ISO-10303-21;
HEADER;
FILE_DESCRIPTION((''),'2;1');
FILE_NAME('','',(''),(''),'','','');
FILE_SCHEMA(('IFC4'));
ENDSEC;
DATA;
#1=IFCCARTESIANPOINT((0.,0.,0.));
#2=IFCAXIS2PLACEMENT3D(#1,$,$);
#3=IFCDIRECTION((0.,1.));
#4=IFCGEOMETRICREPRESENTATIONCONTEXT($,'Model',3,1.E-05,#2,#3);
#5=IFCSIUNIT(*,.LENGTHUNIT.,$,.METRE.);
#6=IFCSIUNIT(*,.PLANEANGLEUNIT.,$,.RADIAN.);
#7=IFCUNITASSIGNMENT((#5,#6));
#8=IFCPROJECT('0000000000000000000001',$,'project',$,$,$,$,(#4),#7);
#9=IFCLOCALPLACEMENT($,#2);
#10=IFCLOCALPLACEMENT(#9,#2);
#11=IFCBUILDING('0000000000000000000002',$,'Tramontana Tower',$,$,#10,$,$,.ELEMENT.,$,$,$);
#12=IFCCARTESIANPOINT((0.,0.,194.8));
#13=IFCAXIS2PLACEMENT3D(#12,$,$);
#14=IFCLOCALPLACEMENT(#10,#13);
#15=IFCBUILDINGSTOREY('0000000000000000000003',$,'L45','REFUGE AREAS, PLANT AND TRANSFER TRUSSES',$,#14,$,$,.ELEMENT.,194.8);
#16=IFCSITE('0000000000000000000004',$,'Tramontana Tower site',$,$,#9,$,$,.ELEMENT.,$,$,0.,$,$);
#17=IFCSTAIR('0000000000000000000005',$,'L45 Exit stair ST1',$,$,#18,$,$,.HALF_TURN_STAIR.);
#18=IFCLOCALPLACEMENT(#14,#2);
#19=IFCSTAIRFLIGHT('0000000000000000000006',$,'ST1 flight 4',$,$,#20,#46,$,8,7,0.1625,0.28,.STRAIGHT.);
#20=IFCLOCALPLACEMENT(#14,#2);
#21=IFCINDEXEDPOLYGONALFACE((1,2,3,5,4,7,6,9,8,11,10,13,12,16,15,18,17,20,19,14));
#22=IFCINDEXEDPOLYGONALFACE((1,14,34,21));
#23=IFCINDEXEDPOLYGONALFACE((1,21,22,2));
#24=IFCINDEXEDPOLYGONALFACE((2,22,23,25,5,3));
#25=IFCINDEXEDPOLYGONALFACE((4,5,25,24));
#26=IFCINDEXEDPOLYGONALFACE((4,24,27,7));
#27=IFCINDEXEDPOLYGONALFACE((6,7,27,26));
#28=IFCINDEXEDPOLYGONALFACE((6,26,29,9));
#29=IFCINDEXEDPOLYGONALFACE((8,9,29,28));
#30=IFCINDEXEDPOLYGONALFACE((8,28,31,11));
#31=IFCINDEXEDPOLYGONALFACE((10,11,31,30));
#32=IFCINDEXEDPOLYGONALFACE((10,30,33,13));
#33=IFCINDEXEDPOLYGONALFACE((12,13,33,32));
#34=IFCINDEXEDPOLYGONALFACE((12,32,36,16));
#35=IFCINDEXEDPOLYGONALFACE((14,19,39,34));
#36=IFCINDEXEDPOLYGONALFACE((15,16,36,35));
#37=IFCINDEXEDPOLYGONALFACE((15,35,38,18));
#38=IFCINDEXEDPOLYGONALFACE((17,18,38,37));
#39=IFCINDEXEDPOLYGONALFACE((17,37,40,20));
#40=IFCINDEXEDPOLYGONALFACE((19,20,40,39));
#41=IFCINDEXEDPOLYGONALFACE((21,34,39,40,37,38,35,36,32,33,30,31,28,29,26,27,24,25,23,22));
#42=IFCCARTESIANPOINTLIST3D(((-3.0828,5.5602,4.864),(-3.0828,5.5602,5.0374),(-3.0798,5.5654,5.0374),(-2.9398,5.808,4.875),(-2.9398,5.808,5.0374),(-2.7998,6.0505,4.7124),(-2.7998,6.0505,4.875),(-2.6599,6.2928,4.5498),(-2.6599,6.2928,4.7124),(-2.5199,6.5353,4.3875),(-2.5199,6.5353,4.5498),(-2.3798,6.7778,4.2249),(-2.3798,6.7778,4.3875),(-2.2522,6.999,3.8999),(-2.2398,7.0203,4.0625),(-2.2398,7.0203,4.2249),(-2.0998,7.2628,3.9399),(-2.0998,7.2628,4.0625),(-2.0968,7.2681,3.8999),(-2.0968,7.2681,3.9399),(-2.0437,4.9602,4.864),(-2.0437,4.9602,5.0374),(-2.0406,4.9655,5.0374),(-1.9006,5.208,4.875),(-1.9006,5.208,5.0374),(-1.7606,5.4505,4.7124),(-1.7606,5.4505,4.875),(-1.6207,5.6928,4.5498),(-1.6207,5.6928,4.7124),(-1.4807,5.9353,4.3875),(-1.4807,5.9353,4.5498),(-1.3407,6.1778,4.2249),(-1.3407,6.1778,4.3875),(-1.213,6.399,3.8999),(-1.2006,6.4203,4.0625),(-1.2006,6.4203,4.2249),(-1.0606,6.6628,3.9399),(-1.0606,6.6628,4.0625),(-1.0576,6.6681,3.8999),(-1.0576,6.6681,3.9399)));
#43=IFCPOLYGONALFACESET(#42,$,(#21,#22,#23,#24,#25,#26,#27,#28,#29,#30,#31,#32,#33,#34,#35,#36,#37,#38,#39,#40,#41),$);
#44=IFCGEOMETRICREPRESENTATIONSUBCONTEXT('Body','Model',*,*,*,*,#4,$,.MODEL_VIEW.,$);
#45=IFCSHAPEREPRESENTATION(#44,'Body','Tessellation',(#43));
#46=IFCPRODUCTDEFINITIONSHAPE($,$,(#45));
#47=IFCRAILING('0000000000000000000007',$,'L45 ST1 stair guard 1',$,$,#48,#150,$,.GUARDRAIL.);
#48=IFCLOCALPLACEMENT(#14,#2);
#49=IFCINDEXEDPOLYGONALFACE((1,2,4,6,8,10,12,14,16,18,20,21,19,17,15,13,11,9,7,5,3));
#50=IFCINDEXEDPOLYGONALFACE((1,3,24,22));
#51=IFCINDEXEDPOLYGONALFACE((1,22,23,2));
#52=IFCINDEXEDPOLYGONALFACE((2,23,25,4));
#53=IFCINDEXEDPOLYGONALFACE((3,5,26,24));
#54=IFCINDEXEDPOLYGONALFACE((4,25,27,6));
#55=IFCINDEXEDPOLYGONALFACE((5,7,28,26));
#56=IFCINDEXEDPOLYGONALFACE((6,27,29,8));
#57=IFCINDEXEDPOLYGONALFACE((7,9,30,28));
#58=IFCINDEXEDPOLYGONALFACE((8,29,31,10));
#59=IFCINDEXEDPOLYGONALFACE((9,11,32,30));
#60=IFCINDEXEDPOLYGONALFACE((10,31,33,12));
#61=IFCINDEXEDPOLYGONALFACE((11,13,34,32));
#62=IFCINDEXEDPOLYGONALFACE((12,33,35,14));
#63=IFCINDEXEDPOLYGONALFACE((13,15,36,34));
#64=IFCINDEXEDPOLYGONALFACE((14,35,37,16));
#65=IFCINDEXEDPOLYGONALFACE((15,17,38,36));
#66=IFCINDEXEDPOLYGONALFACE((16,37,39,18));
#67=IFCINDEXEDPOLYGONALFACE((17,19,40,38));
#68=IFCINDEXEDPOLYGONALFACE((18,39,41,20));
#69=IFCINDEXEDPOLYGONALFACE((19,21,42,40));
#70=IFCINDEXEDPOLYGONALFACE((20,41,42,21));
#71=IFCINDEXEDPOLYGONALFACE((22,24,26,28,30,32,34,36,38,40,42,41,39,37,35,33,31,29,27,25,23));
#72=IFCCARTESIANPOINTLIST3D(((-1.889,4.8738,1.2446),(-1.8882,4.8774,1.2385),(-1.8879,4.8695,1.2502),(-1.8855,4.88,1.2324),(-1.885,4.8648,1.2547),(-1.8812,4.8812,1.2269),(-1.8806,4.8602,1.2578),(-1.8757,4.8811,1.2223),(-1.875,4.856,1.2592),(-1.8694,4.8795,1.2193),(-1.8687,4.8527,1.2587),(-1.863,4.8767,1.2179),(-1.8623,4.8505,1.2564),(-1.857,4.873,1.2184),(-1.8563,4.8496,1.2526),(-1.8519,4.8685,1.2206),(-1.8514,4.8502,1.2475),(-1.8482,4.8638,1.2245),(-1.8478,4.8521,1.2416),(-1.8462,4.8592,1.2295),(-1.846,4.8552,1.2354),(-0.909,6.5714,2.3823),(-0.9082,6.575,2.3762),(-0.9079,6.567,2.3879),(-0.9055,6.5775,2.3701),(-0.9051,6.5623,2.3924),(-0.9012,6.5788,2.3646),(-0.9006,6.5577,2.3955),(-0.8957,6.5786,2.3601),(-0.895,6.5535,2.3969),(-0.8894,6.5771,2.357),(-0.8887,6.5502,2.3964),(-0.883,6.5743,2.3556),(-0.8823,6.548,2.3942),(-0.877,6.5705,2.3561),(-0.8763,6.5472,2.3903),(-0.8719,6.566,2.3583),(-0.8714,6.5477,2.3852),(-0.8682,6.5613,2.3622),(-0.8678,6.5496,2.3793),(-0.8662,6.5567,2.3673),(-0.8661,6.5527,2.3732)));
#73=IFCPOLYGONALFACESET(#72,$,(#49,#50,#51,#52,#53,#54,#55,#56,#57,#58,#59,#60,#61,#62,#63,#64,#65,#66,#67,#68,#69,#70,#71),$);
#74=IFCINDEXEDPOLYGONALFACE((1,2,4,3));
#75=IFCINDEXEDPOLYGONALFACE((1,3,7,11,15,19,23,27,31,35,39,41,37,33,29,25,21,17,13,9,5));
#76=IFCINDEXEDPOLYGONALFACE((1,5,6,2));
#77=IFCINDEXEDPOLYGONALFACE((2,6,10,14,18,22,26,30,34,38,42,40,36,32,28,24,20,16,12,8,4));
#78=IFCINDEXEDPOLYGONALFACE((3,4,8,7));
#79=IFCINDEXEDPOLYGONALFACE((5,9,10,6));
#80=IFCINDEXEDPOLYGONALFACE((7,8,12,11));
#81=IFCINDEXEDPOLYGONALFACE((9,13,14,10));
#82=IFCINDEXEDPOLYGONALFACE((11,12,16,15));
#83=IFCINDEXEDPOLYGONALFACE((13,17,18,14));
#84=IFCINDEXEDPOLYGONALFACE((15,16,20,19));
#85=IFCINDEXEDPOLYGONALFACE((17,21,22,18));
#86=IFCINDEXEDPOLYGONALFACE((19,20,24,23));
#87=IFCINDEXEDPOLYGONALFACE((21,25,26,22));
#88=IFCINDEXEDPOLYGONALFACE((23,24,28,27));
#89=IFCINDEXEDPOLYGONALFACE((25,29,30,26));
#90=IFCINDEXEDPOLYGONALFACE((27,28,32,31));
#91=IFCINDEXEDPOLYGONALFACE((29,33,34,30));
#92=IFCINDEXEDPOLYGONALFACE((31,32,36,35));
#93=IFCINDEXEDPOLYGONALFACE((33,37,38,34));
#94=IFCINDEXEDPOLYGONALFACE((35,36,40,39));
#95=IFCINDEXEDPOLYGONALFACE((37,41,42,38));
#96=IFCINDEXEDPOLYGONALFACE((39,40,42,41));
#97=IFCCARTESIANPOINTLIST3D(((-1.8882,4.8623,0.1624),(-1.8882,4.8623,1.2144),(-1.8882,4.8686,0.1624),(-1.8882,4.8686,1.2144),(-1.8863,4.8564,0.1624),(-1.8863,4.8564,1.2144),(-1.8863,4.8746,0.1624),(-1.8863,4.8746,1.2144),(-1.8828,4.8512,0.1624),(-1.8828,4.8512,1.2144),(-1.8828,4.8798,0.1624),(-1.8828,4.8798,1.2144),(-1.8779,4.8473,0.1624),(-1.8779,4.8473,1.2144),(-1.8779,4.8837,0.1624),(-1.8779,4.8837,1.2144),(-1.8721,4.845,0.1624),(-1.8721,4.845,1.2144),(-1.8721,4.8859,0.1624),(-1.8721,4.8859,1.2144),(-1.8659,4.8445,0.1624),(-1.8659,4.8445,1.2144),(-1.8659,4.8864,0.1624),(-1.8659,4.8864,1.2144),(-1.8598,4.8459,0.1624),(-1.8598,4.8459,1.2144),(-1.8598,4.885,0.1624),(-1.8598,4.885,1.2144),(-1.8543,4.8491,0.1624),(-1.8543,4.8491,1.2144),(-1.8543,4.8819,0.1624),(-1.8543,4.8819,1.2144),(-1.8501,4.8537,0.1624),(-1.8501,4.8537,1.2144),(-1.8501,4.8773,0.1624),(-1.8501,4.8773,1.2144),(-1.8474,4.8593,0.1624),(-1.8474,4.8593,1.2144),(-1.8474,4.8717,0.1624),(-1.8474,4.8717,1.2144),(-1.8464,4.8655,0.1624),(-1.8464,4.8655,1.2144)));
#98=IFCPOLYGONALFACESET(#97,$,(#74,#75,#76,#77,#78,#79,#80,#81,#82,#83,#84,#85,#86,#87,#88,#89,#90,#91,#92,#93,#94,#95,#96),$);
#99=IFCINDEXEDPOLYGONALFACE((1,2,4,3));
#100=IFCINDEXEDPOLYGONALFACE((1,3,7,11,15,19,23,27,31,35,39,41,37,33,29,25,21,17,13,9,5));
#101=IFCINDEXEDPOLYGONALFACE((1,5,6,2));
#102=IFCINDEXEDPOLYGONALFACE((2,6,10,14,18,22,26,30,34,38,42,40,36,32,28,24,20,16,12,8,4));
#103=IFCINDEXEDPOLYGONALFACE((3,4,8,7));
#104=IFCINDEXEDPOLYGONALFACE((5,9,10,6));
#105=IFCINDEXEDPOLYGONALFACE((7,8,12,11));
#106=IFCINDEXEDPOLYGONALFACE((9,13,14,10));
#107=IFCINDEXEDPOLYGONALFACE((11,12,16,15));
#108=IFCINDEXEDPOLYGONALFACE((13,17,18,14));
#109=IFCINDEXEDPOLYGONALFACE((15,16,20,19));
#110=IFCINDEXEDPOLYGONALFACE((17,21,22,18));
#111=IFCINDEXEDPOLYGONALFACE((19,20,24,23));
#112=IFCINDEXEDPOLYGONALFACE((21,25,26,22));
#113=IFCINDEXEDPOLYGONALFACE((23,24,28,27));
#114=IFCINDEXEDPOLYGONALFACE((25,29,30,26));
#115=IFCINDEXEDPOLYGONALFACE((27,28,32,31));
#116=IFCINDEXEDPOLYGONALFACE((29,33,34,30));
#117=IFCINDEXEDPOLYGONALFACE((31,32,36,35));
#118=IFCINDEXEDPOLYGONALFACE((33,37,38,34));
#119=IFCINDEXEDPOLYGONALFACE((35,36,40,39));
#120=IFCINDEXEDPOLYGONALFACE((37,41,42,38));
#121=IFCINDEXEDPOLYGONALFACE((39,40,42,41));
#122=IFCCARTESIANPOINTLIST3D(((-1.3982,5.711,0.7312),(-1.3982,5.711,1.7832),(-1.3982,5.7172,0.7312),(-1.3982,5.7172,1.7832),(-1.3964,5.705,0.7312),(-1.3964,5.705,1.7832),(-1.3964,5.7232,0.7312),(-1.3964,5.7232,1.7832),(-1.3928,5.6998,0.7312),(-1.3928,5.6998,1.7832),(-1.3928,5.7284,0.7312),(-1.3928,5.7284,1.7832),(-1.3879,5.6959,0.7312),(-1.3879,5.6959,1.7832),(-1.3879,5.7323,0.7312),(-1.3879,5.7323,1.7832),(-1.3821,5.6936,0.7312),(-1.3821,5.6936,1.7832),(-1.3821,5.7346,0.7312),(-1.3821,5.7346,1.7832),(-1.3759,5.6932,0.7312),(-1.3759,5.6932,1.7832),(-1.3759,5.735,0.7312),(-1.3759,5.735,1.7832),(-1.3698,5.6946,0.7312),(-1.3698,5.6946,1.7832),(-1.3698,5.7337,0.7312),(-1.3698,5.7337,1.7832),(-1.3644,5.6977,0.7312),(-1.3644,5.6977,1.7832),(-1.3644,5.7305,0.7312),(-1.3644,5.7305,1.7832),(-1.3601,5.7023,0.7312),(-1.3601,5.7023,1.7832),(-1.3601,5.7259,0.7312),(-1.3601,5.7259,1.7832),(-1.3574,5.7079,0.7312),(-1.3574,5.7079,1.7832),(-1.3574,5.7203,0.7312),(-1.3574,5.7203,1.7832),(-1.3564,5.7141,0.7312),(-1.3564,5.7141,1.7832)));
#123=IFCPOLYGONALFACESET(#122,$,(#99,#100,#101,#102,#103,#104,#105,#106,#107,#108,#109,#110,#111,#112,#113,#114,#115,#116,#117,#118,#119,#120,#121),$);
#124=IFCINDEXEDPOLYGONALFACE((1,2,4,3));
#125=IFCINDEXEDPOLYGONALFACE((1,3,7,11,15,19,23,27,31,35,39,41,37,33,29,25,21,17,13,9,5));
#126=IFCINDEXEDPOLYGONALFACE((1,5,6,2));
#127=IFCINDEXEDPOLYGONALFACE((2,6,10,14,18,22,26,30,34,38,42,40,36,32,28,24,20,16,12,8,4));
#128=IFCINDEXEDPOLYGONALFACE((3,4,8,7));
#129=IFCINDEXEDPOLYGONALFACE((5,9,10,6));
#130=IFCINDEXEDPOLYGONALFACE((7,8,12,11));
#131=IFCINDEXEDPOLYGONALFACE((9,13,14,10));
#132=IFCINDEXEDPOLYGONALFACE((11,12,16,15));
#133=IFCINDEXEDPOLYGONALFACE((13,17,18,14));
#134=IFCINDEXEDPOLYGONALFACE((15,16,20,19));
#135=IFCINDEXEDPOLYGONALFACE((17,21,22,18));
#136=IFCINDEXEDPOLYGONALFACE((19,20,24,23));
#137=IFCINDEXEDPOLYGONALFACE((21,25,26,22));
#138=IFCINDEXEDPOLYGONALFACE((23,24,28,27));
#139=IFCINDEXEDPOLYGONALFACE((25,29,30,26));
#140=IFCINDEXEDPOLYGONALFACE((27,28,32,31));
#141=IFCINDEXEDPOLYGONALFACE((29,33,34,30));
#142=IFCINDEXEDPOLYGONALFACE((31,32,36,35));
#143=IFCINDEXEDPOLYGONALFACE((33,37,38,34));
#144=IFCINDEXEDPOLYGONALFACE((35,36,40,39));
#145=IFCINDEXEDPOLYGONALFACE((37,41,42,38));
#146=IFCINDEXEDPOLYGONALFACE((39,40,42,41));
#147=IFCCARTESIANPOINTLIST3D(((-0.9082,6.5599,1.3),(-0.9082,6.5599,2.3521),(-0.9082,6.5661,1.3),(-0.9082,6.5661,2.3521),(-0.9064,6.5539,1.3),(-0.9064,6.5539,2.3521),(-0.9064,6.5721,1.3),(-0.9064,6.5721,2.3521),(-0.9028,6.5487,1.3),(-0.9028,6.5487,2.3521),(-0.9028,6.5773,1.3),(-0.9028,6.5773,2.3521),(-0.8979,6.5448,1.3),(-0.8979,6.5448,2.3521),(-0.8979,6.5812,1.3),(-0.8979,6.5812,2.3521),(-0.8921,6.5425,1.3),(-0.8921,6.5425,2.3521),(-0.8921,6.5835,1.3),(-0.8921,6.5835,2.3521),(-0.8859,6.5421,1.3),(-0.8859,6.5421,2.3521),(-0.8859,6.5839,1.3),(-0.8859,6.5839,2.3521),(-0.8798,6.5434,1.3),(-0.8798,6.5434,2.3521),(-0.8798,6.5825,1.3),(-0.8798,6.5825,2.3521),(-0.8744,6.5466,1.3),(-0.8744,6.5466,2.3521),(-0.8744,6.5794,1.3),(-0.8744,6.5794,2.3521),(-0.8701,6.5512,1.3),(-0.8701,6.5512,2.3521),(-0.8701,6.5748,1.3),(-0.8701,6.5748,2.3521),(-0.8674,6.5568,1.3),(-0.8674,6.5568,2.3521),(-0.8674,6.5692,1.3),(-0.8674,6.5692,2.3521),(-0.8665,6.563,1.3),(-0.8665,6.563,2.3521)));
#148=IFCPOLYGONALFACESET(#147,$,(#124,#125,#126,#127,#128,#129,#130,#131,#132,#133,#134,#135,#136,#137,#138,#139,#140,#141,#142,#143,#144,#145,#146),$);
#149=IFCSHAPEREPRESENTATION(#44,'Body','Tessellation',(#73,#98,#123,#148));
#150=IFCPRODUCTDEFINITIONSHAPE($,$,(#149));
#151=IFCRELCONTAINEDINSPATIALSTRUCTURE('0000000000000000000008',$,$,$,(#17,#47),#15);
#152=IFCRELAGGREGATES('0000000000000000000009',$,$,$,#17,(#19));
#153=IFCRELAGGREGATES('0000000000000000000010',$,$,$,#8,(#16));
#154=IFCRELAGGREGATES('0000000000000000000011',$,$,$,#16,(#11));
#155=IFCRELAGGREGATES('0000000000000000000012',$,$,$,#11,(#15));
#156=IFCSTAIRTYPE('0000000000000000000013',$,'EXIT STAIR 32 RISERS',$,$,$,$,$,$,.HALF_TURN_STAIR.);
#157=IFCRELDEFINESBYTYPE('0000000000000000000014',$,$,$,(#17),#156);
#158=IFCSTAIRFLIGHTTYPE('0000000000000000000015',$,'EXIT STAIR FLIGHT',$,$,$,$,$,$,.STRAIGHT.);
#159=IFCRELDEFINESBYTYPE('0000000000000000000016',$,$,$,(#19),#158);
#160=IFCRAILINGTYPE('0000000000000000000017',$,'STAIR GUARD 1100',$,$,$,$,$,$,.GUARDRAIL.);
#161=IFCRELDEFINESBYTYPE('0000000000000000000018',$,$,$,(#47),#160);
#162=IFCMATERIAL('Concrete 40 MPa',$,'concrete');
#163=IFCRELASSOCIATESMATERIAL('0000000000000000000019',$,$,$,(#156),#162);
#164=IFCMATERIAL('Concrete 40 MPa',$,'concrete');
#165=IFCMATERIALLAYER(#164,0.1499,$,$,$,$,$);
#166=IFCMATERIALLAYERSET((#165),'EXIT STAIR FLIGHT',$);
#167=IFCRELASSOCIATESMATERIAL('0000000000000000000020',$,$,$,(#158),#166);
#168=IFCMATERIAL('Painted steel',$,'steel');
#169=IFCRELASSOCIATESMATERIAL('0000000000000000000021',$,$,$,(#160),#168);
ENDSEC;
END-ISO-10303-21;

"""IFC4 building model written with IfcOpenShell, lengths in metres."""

from ifc_helpers import new_model, si_unit, direction, frame, origin, origin_2d, place, context, subcontext, project, spatial, polyline, circle, outline, extrude, material, layer, layer_set, type_object, element, aggregate, save


model = new_model("IFC4")

# Units and contexts
model_context = context("Model", 3, precision=1e-05, world=origin(), true_north=direction((0.0, 1.0)))
body_context = subcontext(model_context, "Body", "Model", "MODEL_VIEW")
ifc_project = project(units=[si_unit("LENGTHUNIT", "METRE"), si_unit("PLANEANGLEUNIT", "RADIAN")], contexts=[model_context])

# Site, building, storey
site_placement = place(None, origin())
site = spatial("IfcSite", under=ifc_project, at=site_placement, Name="Tramontana Tower site", CompositionType="ELEMENT", RefElevation=0.0)
building_placement = place(site_placement, origin())
building = spatial("IfcBuilding", under=site, at=building_placement, Name="Tramontana Tower", CompositionType="ELEMENT")
storey_placement = place(building_placement, frame((0.0, 0.0, 194.8)))
storey = spatial("IfcBuildingStorey", under=building, at=storey_placement, Name="L45", Description="REFUGE AREAS, PLANT AND TRANSFER TRUSSES", CompositionType="ELEMENT", Elevation=194.8)

# Stair, stair flight
ifc_material_1 = material(Name="Concrete 40 MPa", Category="concrete")
stair_type = type_object("IfcStairType", Name="EXIT STAIR 32 RISERS", PredefinedType="HALF_TURN_STAIR", material=ifc_material_1)
stair_placement = place(storey_placement, origin())
stair = element("IfcStair", 1, at=stair_placement, inside=storey, type_object=stair_type, Name="L45 Exit stair ST1", PredefinedType="HALF_TURN_STAIR")
ifc_material_2 = material(Name="Concrete 40 MPa", Category="concrete")
ifc_layer_1 = layer(ifc_material_2, 0.1499)
ifc_layer_set_1 = layer_set([ifc_layer_1], Name="EXIT STAIR FLIGHT")
stair_flight_type = type_object("IfcStairFlightType", Name="EXIT STAIR FLIGHT", PredefinedType="STRAIGHT", material=ifc_layer_set_1)
stair_flight_1_placement = place(storey_placement, frame((-1.5803, 6.9629, 3.8999), z_axis=(0.0, 0.0, 1.0), x_axis=(-0.5, -0.866025, 0.0)))
stair_flight_1 = element("IfcStairFlight", 2, at=stair_flight_1_placement, type_object=stair_flight_type, Name="ST1 flight 4", NumberOfRisers=8, NumberOfTreads=7, PredefinedType="STRAIGHT", RiserHeight=0.1625, TreadLength=0.28, context=body_context, shape_type="SweptSolid", body=[
    extrude(outline(polyline([(-0.0061, 0.0), (-0.0061, 0.04), (0.0, 0.04), (0.0, 0.1626), (0.28, 0.1626), (0.28, 0.325), (0.5601, 0.325), (0.5601, 0.4875), (0.8401, 0.4875), (0.8401, 0.6499), (1.1201, 0.6499), (1.1201, 0.8125), (1.3999, 0.8125), (1.3999, 0.9751), (1.6799, 0.9751), (1.6799, 1.1375), (1.96, 1.1375), (1.9661, 1.1375), (1.9661, 0.9641), (0.3047, 0.0), (-0.0061, 0.0)])), frame((0.0, 0.6001, 0.0), z_axis=(0.0, -1.0, 0.0), x_axis=(1.0, 0.0, 0.0)), (0.0, 0.0, 1.0), 1.2),
])
aggregate(stair, [stair_flight_1])

# Railing
ifc_material_3 = material(Name="Painted steel", Category="steel")
railing_type_1 = type_object("IfcRailingType", Name="STAIR GUARD 1100", PredefinedType="GUARDRAIL", material=ifc_material_3)
railing_1_placement = place(storey_placement, frame((-1.8674, 4.8655, 0.1624)))
element("IfcRailing", 3, at=railing_1_placement, inside=storey, type_object=railing_type_1, Name="L45 ST1 stair guard 1", PredefinedType="GUARDRAIL", context=body_context, shape_type="SweptSolid", body=[
    extrude(circle(Radius=0.0239, at=origin_2d()), frame((0.0, 0.0, 1.0762), z_axis=(0.432409, 0.749013, 0.501999), x_axis=(-0.866042, 0.49997, 0.0)), (0.0, 0.0, 1.0), 2.2664),
    extrude(circle(Radius=0.021, at=origin_2d()), origin(), (0.0, 0.0, 1.0), 1.052),
    extrude(circle(Radius=0.021, at=origin_2d()), frame((0.49, 0.8486, 0.5688)), (0.0, 0.0, 1.0), 1.052),
    extrude(circle(Radius=0.021, at=origin_2d()), frame((0.98, 1.6975, 1.1377)), (0.0, 0.0, 1.0), 1.052),
])

save(model, "model.ifc")
